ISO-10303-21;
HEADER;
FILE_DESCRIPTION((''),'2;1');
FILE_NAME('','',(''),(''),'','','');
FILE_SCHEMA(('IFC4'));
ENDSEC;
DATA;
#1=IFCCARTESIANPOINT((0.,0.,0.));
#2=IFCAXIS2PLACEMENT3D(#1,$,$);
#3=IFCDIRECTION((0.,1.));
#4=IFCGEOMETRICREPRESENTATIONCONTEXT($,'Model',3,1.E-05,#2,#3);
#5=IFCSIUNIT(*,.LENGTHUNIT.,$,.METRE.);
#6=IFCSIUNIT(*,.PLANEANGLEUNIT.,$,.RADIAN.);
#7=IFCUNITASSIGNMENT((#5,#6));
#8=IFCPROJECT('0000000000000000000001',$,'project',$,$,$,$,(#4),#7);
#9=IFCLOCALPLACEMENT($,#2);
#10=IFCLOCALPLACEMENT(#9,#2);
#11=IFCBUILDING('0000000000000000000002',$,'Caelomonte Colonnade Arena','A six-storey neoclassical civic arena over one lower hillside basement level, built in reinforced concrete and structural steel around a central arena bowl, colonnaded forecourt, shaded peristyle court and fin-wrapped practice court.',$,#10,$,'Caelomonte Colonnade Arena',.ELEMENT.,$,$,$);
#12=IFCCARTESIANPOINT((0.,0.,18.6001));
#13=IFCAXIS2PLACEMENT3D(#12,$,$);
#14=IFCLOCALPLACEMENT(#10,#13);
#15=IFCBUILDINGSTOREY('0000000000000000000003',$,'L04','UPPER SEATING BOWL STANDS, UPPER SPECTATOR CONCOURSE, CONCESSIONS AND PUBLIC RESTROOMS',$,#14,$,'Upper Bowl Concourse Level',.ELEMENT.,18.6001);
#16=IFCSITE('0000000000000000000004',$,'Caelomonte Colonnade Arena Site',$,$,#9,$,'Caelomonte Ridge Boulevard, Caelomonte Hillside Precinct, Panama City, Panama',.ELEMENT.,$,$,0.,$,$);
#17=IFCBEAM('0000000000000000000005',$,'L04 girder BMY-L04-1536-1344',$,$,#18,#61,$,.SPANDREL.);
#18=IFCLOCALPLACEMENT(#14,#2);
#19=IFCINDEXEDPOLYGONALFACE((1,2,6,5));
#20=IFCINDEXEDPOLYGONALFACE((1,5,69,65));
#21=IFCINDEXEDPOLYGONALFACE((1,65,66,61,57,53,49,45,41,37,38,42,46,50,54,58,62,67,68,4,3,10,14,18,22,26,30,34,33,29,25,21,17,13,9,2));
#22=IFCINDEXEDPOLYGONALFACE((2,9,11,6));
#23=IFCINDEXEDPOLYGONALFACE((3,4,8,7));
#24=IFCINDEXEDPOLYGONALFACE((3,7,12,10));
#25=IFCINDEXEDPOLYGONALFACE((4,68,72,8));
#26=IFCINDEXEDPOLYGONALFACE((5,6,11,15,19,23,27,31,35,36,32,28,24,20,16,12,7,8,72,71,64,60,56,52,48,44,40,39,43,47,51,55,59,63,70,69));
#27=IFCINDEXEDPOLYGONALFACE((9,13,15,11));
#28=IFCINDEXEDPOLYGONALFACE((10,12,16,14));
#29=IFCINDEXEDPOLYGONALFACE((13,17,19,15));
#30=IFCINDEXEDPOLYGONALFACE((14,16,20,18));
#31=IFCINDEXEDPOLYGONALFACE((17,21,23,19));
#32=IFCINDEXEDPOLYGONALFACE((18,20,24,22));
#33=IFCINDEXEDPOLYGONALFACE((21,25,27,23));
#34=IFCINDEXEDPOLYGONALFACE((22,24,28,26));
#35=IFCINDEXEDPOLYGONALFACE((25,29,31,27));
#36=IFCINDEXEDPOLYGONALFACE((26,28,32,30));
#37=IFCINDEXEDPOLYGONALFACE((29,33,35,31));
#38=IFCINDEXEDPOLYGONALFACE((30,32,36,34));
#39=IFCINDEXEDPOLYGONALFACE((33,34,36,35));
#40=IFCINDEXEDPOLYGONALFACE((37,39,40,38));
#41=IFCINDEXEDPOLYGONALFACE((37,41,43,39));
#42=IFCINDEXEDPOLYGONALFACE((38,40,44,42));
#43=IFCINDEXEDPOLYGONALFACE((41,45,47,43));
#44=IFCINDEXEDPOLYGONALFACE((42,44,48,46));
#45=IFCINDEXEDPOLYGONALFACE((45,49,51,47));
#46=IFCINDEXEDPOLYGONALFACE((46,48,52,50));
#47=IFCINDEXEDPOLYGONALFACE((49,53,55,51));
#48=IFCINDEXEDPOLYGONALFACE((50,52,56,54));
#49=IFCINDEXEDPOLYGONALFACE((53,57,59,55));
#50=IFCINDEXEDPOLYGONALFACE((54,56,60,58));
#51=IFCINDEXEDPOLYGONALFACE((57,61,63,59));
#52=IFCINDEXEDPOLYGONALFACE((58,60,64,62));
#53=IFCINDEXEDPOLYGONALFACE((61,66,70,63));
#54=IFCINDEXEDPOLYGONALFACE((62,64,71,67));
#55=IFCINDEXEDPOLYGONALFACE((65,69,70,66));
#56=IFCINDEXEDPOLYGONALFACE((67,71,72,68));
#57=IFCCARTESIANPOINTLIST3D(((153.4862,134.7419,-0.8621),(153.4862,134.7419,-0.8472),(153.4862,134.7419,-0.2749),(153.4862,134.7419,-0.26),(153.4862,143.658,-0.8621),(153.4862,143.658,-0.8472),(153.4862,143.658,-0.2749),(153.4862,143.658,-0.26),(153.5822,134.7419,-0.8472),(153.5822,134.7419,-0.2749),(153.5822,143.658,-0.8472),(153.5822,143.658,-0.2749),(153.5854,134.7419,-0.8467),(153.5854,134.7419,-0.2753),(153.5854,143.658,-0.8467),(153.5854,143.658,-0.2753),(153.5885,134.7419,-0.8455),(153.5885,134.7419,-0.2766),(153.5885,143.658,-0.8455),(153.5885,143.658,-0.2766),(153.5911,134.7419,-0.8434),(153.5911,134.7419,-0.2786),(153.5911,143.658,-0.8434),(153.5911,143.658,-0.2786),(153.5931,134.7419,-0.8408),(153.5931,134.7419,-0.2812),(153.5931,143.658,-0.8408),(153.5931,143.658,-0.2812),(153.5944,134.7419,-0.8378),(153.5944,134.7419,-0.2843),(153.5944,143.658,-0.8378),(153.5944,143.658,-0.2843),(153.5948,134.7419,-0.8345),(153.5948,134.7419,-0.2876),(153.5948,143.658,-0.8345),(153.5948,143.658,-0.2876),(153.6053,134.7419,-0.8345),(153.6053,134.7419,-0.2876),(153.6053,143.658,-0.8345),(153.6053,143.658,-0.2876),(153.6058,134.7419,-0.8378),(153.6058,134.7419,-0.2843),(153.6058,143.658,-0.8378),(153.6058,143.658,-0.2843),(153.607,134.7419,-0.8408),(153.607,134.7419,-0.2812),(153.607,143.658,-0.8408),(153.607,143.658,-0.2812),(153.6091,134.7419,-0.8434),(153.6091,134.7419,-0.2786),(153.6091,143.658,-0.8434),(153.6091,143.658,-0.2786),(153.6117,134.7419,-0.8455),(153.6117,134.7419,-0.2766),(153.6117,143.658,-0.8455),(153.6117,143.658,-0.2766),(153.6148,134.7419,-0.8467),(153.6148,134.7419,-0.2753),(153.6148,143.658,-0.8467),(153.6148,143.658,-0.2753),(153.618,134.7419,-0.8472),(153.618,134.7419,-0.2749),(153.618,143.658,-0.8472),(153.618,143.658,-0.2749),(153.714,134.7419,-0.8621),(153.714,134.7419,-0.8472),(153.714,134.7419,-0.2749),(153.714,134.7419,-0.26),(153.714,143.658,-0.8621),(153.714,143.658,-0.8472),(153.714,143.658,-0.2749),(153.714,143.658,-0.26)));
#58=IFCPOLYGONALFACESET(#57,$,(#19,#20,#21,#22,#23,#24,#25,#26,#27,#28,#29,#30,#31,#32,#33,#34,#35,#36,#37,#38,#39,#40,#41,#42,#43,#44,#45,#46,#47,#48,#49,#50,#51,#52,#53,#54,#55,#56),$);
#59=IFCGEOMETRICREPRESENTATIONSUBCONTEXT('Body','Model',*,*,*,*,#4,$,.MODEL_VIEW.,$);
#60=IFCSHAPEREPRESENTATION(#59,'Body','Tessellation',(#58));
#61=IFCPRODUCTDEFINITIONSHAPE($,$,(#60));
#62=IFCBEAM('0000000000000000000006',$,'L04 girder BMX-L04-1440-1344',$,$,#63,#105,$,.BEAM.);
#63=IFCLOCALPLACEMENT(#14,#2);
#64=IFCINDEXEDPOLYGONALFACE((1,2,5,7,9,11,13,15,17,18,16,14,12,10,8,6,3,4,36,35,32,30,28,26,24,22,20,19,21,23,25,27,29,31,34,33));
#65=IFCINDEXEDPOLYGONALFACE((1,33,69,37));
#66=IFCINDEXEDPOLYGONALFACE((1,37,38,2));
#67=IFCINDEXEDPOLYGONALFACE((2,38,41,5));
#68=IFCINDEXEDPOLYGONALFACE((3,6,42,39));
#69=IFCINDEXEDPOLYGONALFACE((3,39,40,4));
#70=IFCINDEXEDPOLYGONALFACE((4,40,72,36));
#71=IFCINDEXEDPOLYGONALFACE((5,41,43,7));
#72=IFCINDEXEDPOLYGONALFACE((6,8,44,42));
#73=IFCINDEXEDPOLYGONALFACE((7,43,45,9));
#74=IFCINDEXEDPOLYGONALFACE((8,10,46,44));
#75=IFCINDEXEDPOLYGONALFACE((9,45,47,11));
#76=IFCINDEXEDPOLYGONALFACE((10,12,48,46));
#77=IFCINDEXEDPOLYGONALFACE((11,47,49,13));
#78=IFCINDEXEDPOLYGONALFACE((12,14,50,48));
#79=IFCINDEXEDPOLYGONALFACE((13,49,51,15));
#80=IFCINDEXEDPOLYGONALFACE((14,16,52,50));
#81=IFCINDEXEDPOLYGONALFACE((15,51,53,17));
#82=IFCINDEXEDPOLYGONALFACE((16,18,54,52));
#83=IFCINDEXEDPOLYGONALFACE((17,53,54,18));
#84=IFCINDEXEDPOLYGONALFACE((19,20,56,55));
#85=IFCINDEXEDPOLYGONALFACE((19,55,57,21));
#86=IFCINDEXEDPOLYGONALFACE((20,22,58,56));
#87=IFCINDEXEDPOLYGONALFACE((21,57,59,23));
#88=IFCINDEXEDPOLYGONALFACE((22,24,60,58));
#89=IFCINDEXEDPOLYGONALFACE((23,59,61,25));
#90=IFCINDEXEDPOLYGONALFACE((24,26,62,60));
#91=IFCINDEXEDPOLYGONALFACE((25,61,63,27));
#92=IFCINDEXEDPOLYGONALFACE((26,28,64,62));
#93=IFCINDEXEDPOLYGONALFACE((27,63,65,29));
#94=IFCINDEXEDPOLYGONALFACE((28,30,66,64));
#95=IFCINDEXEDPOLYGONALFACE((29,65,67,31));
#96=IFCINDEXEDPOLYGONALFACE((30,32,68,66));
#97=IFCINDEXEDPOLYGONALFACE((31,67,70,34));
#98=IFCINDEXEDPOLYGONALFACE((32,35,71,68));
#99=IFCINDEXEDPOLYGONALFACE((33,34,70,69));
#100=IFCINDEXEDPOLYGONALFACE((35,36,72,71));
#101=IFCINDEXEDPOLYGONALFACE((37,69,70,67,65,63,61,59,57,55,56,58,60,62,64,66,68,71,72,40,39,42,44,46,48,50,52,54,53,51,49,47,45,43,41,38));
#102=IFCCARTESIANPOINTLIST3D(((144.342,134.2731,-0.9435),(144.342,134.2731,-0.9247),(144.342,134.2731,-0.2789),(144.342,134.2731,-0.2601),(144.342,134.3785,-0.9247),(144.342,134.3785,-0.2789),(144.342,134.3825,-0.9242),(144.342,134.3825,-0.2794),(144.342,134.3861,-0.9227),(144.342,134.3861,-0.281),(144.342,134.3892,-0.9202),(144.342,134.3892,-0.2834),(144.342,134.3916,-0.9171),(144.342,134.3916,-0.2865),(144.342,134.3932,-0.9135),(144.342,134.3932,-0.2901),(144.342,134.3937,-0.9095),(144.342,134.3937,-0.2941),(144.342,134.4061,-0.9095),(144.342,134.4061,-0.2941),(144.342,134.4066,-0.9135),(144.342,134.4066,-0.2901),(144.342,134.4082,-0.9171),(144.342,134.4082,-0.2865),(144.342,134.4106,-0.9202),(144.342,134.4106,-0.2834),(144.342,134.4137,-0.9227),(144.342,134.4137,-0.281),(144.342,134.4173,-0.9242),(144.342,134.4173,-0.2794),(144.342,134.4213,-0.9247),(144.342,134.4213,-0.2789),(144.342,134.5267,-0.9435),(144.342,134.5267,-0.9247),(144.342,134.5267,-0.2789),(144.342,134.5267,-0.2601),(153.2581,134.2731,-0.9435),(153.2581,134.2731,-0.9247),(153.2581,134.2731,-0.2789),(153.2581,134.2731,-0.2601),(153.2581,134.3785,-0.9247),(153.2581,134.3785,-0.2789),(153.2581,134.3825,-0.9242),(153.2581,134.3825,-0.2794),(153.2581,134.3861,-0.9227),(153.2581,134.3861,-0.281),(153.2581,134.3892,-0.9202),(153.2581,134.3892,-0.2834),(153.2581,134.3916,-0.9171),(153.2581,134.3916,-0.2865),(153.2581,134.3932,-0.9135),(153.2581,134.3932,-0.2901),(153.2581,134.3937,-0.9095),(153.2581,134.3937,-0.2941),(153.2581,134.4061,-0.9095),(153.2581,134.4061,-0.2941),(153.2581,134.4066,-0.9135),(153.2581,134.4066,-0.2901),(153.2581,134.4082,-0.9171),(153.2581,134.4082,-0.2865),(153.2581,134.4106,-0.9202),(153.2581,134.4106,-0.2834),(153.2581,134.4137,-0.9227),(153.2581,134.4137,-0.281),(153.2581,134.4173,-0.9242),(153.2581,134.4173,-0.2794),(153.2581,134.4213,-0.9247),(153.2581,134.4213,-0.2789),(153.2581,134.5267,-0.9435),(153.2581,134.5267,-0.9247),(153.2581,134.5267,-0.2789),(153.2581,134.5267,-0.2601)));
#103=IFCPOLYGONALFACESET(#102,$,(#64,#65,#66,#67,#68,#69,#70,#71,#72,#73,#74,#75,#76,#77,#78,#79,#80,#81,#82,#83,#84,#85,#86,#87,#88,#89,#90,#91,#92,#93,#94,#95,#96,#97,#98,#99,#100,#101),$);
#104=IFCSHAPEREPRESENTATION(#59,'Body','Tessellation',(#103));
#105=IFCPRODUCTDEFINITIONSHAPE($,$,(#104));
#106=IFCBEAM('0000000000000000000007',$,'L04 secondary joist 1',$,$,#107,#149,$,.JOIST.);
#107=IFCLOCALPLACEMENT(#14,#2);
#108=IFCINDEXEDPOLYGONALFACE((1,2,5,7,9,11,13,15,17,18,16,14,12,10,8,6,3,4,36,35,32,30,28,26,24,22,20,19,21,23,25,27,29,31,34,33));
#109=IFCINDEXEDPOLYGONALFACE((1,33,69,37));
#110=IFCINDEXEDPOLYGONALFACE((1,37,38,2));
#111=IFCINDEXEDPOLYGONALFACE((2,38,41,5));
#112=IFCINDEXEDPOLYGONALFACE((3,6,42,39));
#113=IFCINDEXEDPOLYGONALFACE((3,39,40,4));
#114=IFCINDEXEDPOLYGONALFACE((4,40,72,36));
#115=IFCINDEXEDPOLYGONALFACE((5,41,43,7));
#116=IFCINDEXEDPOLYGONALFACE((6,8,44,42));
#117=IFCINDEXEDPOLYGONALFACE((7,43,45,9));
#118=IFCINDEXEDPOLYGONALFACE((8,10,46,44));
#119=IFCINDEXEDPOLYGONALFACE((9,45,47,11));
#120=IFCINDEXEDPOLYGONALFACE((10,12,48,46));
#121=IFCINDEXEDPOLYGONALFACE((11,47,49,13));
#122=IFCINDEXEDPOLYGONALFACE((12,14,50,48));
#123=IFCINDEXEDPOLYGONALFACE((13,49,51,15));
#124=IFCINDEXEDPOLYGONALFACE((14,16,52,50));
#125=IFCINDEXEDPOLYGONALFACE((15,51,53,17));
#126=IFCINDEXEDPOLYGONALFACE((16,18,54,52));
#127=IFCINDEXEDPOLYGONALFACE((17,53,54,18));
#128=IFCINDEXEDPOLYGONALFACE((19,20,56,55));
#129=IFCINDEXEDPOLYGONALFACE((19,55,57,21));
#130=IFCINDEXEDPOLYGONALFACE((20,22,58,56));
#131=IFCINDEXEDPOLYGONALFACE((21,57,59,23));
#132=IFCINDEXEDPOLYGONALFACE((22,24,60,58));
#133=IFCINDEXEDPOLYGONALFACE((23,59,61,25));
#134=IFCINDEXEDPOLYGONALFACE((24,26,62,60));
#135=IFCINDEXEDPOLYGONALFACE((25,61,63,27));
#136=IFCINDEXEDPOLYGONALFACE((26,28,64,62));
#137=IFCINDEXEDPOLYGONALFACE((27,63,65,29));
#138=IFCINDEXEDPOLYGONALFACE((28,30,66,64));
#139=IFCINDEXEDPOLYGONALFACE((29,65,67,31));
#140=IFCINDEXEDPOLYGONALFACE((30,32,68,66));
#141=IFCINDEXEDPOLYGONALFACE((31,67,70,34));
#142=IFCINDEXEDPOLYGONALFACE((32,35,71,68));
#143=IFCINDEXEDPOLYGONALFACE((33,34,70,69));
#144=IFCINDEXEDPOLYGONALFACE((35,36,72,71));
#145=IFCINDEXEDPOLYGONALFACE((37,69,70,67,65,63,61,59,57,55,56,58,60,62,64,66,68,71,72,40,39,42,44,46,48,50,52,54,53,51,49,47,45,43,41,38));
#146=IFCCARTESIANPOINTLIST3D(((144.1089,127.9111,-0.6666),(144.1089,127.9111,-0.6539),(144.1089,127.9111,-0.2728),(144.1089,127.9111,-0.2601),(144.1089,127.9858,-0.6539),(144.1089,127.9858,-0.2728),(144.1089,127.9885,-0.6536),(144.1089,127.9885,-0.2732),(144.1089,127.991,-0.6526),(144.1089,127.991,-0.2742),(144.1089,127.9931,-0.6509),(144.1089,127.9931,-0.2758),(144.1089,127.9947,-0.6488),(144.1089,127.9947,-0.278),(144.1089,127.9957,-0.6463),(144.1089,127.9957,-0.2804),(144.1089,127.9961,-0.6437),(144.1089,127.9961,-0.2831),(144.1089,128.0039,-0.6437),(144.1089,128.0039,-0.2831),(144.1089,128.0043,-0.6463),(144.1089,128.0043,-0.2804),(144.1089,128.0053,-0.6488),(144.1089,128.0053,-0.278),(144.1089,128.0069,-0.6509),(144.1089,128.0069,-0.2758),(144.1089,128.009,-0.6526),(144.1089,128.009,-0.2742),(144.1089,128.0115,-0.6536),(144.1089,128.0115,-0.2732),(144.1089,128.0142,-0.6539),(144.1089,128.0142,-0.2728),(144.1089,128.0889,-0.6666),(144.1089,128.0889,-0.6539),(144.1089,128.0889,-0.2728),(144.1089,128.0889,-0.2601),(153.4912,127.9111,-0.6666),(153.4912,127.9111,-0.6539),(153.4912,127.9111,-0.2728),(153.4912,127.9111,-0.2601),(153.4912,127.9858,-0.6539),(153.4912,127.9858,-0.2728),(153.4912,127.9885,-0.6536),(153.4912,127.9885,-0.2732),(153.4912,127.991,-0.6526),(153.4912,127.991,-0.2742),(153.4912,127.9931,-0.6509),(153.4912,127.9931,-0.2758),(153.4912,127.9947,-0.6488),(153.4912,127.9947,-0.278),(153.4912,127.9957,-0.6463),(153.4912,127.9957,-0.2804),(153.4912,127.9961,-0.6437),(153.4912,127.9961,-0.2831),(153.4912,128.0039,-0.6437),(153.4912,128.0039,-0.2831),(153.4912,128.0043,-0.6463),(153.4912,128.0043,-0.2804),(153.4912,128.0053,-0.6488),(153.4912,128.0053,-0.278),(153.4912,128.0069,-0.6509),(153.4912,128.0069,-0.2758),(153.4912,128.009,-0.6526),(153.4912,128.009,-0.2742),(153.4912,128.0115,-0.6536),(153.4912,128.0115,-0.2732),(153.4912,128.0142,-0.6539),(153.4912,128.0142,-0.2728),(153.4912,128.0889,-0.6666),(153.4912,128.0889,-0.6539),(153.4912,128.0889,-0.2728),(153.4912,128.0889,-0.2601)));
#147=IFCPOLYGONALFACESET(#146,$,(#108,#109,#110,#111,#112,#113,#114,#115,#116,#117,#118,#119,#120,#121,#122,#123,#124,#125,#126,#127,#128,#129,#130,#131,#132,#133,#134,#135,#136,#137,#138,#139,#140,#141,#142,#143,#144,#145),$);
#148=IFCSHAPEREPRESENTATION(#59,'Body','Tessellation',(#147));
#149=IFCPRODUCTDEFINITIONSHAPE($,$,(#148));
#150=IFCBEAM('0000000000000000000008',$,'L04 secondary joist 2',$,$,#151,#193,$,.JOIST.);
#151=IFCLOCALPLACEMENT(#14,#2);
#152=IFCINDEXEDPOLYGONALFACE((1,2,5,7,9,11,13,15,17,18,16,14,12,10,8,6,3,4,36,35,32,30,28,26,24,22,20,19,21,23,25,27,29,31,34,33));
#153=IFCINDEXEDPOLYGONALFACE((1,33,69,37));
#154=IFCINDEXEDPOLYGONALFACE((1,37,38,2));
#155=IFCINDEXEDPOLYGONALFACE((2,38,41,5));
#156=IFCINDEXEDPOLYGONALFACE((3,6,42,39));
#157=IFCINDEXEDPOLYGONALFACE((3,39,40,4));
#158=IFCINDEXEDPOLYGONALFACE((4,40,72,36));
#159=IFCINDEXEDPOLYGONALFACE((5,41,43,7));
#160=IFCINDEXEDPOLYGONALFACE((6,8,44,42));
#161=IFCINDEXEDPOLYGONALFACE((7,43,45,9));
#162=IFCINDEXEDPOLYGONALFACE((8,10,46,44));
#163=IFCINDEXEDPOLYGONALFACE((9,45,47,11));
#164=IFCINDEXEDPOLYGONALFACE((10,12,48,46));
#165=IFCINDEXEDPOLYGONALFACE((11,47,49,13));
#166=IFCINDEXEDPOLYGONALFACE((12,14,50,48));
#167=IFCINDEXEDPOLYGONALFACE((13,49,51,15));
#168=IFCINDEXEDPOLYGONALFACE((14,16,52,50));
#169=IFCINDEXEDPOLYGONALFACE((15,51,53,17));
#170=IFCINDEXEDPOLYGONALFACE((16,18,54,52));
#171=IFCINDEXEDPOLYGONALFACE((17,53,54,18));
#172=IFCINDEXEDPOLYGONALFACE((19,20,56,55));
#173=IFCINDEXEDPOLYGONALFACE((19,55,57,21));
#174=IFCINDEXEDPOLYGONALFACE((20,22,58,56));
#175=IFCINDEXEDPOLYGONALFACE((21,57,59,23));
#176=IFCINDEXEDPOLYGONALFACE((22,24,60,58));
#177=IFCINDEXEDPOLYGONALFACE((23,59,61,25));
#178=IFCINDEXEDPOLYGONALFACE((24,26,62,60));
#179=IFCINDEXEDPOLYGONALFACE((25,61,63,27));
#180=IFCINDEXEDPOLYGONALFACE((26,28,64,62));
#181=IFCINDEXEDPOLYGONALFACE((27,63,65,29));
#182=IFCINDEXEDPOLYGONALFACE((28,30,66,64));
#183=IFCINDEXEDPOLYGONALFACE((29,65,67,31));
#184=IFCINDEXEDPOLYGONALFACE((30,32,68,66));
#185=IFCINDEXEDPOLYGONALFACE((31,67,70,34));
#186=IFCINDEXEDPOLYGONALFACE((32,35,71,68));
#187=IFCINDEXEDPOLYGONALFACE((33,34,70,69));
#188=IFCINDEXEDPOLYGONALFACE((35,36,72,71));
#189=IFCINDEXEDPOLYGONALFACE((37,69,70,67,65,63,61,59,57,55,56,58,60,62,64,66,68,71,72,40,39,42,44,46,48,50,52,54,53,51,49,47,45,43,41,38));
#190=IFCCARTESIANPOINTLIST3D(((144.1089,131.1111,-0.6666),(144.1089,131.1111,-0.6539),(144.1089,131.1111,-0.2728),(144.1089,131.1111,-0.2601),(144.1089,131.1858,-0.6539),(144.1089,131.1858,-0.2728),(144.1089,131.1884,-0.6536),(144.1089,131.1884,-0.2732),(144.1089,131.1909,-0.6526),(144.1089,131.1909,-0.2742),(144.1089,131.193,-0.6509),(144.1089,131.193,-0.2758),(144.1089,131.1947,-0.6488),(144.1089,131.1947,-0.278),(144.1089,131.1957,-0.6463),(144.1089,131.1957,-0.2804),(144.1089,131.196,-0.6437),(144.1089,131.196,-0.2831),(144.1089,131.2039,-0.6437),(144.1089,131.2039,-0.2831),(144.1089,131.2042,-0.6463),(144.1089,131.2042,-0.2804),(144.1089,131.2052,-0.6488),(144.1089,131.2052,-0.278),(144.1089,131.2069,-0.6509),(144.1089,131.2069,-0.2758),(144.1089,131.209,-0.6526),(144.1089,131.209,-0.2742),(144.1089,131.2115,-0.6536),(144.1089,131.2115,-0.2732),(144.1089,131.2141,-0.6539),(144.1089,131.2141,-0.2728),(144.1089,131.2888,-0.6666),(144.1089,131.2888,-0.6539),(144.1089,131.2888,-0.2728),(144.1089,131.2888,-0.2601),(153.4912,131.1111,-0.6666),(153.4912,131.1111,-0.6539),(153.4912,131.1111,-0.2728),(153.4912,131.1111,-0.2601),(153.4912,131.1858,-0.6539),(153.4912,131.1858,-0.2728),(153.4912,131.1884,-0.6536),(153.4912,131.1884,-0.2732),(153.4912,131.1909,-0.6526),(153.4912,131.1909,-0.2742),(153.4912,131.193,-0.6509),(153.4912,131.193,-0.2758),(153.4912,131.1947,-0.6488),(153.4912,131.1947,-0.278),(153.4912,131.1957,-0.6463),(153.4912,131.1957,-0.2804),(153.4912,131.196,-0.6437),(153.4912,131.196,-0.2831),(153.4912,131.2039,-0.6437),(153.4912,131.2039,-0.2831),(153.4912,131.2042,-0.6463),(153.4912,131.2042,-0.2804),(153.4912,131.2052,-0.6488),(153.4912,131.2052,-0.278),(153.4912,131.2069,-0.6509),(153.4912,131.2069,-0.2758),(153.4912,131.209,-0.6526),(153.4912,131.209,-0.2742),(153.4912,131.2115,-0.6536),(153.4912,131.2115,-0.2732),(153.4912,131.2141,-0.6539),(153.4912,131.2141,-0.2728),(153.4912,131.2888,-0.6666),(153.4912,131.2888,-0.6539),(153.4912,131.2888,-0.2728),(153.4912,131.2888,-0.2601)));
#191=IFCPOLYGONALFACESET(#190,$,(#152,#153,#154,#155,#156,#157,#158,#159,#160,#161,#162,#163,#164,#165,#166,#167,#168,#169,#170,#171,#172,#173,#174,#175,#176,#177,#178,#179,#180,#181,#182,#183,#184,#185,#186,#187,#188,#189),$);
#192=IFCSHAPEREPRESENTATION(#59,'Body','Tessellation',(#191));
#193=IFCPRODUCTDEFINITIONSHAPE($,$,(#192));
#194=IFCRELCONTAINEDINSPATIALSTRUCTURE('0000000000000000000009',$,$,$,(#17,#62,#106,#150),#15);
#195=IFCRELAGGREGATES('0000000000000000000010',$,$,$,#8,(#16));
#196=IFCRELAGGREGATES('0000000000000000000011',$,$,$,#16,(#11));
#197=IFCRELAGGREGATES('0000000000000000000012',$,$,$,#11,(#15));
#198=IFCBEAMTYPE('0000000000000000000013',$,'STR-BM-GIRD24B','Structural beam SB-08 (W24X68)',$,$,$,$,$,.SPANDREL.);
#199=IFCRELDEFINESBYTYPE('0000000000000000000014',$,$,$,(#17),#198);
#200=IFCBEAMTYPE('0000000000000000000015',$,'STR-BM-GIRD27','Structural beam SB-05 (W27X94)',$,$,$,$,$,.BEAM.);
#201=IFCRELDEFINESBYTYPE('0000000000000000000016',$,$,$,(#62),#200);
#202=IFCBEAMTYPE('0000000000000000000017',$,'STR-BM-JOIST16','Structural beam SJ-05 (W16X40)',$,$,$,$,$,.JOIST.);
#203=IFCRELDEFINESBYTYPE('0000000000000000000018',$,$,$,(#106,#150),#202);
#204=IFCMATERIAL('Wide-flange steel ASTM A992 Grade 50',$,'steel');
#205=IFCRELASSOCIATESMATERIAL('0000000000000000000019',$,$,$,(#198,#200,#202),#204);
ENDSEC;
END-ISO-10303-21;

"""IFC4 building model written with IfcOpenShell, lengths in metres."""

from ifc_helpers import new_model, si_unit, direction, frame, origin, origin_2d, place, context, subcontext, project, spatial, i_section, extrude, material, material_profile, profile_set, type_object, element, save


model = new_model("IFC4")

# Units and contexts
model_context = context("Model", 3, precision=1e-05, world=origin(), true_north=direction((0.0, 1.0)))
body_context = subcontext(model_context, "Body", "Model", "MODEL_VIEW")
ifc_project = project(units=[si_unit("LENGTHUNIT", "METRE"), si_unit("PLANEANGLEUNIT", "RADIAN")], contexts=[model_context])

# Site, building, storey
site_placement = place(None, origin())
site = spatial("IfcSite", under=ifc_project, at=site_placement, Name="Caelomonte Colonnade Arena Site", LongName="Caelomonte Ridge Boulevard, Caelomonte Hillside Precinct, Panama City, Panama", CompositionType="ELEMENT", RefElevation=0.0)
building_placement = place(site_placement, origin())
building = spatial("IfcBuilding", under=site, at=building_placement, Name="Caelomonte Colonnade Arena", Description="A six-storey neoclassical civic arena over one lower hillside basement level, built in reinforced concrete and structural steel around a central arena bowl, colonnaded forecourt, shaded peristyle court and fin-wrapped practice court.", LongName="Caelomonte Colonnade Arena", CompositionType="ELEMENT")
storey_placement = place(building_placement, frame((0.0, 0.0, 18.6001)))
storey = spatial("IfcBuildingStorey", under=building, at=storey_placement, Name="L04", Description="UPPER SEATING BOWL STANDS, UPPER SPECTATOR CONCOURSE, CONCESSIONS AND PUBLIC RESTROOMS", LongName="Upper Bowl Concourse Level", CompositionType="ELEMENT", Elevation=18.6001)

# Shared definitions
ifc_material_1 = material(Name="Wide-flange steel ASTM A992 Grade 50", Category="steel")

# Beams
ifc_material_profile_1 = material_profile(ifc_material_1, i_section(OverallWidth=0.2278, OverallDepth=0.6021, WebThickness=0.0105, FlangeThickness=0.0149, FilletRadius=0.0127, at=origin_2d()), Name="W24X68")
ifc_profile_set_1 = profile_set([ifc_material_profile_1], Name="Wide-flange steel ASTM A992 Grade 50")
beam_type_1 = type_object("IfcBeamType", Name="STR-BM-GIRD24B", Description="Structural beam SB-08 (W24X68)", PredefinedType="SPANDREL", material=ifc_profile_set_1)
for number, where, z_axis, x_axis, name in (
    (1, (153.6001, 134.7419, -0.561), (0.0, 1.0, 0.0), (-1.0, 0.0, 0.0), "L04 girder BMY-L04-1536-1344"),
):
    element("IfcBeam", number, at=place(storey_placement, frame(where, z_axis=z_axis, x_axis=x_axis)), inside=storey, type_object=beam_type_1, Name=name, PredefinedType="SPANDREL", context=body_context, shape_type="SweptSolid", body=[
        extrude(i_section(OverallWidth=0.2278, OverallDepth=0.6021, WebThickness=0.0105, FlangeThickness=0.0149, FilletRadius=0.0127, at=origin_2d()), origin(), (0.0, 0.0, 1.0), 8.916),
    ])
ifc_material_profile_2 = material_profile(ifc_material_1, i_section(OverallWidth=0.2537, OverallDepth=0.6833, WebThickness=0.0125, FlangeThickness=0.0188, FilletRadius=0.0151, at=origin_2d()), Name="W27X94")
ifc_profile_set_2 = profile_set([ifc_material_profile_2], Name="Wide-flange steel ASTM A992 Grade 50")
beam_type_2 = type_object("IfcBeamType", Name="STR-BM-GIRD27", Description="Structural beam SB-05 (W27X94)", PredefinedType="BEAM", material=ifc_profile_set_2)
beam_1_placement = place(storey_placement, frame((144.342, 134.3999, -0.6018), z_axis=(1.0, 0.0, 0.0), x_axis=(0.0, 1.0, 0.0)))
element("IfcBeam", 2, at=beam_1_placement, inside=storey, type_object=beam_type_2, Name="L04 girder BMX-L04-1440-1344", PredefinedType="BEAM", context=body_context, shape_type="SweptSolid", body=[
    extrude(i_section(OverallWidth=0.2537, OverallDepth=0.6833, WebThickness=0.0125, FlangeThickness=0.0188, FilletRadius=0.0151, at=origin_2d()), origin(), (0.0, 0.0, 1.0), 8.916),
])
ifc_material_profile_3 = material_profile(ifc_material_1, i_section(OverallWidth=0.1777, OverallDepth=0.4065, WebThickness=0.0078, FlangeThickness=0.0127, FilletRadius=0.0103, at=origin_2d()), Name="W16X40")
ifc_profile_set_3 = profile_set([ifc_material_profile_3], Name="Wide-flange steel ASTM A992 Grade 50")
beam_type_3 = type_object("IfcBeamType", Name="STR-BM-JOIST16", Description="Structural beam SJ-05 (W16X40)", PredefinedType="JOIST", material=ifc_profile_set_3)
for number, where, z_axis, x_axis, name in (
    (3, (144.1089, 128.0, -0.4634), (1.0, 0.0, 0.0), (0.0, 1.0, 0.0), "L04 secondary joist 1"),
    (4, (144.1089, 131.2, -0.4634), (1.0, 0.0, 0.0), (0.0, 1.0, 0.0), "L04 secondary joist 2"),
):
    element("IfcBeam", number, at=place(storey_placement, frame(where, z_axis=z_axis, x_axis=x_axis)), inside=storey, type_object=beam_type_3, Name=name, PredefinedType="JOIST", context=body_context, shape_type="SweptSolid", body=[
        extrude(i_section(OverallWidth=0.1777, OverallDepth=0.4065, WebThickness=0.0078, FlangeThickness=0.0127, FilletRadius=0.0103, at=origin_2d()), origin(), (0.0, 0.0, 1.0), 9.3823),
    ])

save(model, "model.ifc")
